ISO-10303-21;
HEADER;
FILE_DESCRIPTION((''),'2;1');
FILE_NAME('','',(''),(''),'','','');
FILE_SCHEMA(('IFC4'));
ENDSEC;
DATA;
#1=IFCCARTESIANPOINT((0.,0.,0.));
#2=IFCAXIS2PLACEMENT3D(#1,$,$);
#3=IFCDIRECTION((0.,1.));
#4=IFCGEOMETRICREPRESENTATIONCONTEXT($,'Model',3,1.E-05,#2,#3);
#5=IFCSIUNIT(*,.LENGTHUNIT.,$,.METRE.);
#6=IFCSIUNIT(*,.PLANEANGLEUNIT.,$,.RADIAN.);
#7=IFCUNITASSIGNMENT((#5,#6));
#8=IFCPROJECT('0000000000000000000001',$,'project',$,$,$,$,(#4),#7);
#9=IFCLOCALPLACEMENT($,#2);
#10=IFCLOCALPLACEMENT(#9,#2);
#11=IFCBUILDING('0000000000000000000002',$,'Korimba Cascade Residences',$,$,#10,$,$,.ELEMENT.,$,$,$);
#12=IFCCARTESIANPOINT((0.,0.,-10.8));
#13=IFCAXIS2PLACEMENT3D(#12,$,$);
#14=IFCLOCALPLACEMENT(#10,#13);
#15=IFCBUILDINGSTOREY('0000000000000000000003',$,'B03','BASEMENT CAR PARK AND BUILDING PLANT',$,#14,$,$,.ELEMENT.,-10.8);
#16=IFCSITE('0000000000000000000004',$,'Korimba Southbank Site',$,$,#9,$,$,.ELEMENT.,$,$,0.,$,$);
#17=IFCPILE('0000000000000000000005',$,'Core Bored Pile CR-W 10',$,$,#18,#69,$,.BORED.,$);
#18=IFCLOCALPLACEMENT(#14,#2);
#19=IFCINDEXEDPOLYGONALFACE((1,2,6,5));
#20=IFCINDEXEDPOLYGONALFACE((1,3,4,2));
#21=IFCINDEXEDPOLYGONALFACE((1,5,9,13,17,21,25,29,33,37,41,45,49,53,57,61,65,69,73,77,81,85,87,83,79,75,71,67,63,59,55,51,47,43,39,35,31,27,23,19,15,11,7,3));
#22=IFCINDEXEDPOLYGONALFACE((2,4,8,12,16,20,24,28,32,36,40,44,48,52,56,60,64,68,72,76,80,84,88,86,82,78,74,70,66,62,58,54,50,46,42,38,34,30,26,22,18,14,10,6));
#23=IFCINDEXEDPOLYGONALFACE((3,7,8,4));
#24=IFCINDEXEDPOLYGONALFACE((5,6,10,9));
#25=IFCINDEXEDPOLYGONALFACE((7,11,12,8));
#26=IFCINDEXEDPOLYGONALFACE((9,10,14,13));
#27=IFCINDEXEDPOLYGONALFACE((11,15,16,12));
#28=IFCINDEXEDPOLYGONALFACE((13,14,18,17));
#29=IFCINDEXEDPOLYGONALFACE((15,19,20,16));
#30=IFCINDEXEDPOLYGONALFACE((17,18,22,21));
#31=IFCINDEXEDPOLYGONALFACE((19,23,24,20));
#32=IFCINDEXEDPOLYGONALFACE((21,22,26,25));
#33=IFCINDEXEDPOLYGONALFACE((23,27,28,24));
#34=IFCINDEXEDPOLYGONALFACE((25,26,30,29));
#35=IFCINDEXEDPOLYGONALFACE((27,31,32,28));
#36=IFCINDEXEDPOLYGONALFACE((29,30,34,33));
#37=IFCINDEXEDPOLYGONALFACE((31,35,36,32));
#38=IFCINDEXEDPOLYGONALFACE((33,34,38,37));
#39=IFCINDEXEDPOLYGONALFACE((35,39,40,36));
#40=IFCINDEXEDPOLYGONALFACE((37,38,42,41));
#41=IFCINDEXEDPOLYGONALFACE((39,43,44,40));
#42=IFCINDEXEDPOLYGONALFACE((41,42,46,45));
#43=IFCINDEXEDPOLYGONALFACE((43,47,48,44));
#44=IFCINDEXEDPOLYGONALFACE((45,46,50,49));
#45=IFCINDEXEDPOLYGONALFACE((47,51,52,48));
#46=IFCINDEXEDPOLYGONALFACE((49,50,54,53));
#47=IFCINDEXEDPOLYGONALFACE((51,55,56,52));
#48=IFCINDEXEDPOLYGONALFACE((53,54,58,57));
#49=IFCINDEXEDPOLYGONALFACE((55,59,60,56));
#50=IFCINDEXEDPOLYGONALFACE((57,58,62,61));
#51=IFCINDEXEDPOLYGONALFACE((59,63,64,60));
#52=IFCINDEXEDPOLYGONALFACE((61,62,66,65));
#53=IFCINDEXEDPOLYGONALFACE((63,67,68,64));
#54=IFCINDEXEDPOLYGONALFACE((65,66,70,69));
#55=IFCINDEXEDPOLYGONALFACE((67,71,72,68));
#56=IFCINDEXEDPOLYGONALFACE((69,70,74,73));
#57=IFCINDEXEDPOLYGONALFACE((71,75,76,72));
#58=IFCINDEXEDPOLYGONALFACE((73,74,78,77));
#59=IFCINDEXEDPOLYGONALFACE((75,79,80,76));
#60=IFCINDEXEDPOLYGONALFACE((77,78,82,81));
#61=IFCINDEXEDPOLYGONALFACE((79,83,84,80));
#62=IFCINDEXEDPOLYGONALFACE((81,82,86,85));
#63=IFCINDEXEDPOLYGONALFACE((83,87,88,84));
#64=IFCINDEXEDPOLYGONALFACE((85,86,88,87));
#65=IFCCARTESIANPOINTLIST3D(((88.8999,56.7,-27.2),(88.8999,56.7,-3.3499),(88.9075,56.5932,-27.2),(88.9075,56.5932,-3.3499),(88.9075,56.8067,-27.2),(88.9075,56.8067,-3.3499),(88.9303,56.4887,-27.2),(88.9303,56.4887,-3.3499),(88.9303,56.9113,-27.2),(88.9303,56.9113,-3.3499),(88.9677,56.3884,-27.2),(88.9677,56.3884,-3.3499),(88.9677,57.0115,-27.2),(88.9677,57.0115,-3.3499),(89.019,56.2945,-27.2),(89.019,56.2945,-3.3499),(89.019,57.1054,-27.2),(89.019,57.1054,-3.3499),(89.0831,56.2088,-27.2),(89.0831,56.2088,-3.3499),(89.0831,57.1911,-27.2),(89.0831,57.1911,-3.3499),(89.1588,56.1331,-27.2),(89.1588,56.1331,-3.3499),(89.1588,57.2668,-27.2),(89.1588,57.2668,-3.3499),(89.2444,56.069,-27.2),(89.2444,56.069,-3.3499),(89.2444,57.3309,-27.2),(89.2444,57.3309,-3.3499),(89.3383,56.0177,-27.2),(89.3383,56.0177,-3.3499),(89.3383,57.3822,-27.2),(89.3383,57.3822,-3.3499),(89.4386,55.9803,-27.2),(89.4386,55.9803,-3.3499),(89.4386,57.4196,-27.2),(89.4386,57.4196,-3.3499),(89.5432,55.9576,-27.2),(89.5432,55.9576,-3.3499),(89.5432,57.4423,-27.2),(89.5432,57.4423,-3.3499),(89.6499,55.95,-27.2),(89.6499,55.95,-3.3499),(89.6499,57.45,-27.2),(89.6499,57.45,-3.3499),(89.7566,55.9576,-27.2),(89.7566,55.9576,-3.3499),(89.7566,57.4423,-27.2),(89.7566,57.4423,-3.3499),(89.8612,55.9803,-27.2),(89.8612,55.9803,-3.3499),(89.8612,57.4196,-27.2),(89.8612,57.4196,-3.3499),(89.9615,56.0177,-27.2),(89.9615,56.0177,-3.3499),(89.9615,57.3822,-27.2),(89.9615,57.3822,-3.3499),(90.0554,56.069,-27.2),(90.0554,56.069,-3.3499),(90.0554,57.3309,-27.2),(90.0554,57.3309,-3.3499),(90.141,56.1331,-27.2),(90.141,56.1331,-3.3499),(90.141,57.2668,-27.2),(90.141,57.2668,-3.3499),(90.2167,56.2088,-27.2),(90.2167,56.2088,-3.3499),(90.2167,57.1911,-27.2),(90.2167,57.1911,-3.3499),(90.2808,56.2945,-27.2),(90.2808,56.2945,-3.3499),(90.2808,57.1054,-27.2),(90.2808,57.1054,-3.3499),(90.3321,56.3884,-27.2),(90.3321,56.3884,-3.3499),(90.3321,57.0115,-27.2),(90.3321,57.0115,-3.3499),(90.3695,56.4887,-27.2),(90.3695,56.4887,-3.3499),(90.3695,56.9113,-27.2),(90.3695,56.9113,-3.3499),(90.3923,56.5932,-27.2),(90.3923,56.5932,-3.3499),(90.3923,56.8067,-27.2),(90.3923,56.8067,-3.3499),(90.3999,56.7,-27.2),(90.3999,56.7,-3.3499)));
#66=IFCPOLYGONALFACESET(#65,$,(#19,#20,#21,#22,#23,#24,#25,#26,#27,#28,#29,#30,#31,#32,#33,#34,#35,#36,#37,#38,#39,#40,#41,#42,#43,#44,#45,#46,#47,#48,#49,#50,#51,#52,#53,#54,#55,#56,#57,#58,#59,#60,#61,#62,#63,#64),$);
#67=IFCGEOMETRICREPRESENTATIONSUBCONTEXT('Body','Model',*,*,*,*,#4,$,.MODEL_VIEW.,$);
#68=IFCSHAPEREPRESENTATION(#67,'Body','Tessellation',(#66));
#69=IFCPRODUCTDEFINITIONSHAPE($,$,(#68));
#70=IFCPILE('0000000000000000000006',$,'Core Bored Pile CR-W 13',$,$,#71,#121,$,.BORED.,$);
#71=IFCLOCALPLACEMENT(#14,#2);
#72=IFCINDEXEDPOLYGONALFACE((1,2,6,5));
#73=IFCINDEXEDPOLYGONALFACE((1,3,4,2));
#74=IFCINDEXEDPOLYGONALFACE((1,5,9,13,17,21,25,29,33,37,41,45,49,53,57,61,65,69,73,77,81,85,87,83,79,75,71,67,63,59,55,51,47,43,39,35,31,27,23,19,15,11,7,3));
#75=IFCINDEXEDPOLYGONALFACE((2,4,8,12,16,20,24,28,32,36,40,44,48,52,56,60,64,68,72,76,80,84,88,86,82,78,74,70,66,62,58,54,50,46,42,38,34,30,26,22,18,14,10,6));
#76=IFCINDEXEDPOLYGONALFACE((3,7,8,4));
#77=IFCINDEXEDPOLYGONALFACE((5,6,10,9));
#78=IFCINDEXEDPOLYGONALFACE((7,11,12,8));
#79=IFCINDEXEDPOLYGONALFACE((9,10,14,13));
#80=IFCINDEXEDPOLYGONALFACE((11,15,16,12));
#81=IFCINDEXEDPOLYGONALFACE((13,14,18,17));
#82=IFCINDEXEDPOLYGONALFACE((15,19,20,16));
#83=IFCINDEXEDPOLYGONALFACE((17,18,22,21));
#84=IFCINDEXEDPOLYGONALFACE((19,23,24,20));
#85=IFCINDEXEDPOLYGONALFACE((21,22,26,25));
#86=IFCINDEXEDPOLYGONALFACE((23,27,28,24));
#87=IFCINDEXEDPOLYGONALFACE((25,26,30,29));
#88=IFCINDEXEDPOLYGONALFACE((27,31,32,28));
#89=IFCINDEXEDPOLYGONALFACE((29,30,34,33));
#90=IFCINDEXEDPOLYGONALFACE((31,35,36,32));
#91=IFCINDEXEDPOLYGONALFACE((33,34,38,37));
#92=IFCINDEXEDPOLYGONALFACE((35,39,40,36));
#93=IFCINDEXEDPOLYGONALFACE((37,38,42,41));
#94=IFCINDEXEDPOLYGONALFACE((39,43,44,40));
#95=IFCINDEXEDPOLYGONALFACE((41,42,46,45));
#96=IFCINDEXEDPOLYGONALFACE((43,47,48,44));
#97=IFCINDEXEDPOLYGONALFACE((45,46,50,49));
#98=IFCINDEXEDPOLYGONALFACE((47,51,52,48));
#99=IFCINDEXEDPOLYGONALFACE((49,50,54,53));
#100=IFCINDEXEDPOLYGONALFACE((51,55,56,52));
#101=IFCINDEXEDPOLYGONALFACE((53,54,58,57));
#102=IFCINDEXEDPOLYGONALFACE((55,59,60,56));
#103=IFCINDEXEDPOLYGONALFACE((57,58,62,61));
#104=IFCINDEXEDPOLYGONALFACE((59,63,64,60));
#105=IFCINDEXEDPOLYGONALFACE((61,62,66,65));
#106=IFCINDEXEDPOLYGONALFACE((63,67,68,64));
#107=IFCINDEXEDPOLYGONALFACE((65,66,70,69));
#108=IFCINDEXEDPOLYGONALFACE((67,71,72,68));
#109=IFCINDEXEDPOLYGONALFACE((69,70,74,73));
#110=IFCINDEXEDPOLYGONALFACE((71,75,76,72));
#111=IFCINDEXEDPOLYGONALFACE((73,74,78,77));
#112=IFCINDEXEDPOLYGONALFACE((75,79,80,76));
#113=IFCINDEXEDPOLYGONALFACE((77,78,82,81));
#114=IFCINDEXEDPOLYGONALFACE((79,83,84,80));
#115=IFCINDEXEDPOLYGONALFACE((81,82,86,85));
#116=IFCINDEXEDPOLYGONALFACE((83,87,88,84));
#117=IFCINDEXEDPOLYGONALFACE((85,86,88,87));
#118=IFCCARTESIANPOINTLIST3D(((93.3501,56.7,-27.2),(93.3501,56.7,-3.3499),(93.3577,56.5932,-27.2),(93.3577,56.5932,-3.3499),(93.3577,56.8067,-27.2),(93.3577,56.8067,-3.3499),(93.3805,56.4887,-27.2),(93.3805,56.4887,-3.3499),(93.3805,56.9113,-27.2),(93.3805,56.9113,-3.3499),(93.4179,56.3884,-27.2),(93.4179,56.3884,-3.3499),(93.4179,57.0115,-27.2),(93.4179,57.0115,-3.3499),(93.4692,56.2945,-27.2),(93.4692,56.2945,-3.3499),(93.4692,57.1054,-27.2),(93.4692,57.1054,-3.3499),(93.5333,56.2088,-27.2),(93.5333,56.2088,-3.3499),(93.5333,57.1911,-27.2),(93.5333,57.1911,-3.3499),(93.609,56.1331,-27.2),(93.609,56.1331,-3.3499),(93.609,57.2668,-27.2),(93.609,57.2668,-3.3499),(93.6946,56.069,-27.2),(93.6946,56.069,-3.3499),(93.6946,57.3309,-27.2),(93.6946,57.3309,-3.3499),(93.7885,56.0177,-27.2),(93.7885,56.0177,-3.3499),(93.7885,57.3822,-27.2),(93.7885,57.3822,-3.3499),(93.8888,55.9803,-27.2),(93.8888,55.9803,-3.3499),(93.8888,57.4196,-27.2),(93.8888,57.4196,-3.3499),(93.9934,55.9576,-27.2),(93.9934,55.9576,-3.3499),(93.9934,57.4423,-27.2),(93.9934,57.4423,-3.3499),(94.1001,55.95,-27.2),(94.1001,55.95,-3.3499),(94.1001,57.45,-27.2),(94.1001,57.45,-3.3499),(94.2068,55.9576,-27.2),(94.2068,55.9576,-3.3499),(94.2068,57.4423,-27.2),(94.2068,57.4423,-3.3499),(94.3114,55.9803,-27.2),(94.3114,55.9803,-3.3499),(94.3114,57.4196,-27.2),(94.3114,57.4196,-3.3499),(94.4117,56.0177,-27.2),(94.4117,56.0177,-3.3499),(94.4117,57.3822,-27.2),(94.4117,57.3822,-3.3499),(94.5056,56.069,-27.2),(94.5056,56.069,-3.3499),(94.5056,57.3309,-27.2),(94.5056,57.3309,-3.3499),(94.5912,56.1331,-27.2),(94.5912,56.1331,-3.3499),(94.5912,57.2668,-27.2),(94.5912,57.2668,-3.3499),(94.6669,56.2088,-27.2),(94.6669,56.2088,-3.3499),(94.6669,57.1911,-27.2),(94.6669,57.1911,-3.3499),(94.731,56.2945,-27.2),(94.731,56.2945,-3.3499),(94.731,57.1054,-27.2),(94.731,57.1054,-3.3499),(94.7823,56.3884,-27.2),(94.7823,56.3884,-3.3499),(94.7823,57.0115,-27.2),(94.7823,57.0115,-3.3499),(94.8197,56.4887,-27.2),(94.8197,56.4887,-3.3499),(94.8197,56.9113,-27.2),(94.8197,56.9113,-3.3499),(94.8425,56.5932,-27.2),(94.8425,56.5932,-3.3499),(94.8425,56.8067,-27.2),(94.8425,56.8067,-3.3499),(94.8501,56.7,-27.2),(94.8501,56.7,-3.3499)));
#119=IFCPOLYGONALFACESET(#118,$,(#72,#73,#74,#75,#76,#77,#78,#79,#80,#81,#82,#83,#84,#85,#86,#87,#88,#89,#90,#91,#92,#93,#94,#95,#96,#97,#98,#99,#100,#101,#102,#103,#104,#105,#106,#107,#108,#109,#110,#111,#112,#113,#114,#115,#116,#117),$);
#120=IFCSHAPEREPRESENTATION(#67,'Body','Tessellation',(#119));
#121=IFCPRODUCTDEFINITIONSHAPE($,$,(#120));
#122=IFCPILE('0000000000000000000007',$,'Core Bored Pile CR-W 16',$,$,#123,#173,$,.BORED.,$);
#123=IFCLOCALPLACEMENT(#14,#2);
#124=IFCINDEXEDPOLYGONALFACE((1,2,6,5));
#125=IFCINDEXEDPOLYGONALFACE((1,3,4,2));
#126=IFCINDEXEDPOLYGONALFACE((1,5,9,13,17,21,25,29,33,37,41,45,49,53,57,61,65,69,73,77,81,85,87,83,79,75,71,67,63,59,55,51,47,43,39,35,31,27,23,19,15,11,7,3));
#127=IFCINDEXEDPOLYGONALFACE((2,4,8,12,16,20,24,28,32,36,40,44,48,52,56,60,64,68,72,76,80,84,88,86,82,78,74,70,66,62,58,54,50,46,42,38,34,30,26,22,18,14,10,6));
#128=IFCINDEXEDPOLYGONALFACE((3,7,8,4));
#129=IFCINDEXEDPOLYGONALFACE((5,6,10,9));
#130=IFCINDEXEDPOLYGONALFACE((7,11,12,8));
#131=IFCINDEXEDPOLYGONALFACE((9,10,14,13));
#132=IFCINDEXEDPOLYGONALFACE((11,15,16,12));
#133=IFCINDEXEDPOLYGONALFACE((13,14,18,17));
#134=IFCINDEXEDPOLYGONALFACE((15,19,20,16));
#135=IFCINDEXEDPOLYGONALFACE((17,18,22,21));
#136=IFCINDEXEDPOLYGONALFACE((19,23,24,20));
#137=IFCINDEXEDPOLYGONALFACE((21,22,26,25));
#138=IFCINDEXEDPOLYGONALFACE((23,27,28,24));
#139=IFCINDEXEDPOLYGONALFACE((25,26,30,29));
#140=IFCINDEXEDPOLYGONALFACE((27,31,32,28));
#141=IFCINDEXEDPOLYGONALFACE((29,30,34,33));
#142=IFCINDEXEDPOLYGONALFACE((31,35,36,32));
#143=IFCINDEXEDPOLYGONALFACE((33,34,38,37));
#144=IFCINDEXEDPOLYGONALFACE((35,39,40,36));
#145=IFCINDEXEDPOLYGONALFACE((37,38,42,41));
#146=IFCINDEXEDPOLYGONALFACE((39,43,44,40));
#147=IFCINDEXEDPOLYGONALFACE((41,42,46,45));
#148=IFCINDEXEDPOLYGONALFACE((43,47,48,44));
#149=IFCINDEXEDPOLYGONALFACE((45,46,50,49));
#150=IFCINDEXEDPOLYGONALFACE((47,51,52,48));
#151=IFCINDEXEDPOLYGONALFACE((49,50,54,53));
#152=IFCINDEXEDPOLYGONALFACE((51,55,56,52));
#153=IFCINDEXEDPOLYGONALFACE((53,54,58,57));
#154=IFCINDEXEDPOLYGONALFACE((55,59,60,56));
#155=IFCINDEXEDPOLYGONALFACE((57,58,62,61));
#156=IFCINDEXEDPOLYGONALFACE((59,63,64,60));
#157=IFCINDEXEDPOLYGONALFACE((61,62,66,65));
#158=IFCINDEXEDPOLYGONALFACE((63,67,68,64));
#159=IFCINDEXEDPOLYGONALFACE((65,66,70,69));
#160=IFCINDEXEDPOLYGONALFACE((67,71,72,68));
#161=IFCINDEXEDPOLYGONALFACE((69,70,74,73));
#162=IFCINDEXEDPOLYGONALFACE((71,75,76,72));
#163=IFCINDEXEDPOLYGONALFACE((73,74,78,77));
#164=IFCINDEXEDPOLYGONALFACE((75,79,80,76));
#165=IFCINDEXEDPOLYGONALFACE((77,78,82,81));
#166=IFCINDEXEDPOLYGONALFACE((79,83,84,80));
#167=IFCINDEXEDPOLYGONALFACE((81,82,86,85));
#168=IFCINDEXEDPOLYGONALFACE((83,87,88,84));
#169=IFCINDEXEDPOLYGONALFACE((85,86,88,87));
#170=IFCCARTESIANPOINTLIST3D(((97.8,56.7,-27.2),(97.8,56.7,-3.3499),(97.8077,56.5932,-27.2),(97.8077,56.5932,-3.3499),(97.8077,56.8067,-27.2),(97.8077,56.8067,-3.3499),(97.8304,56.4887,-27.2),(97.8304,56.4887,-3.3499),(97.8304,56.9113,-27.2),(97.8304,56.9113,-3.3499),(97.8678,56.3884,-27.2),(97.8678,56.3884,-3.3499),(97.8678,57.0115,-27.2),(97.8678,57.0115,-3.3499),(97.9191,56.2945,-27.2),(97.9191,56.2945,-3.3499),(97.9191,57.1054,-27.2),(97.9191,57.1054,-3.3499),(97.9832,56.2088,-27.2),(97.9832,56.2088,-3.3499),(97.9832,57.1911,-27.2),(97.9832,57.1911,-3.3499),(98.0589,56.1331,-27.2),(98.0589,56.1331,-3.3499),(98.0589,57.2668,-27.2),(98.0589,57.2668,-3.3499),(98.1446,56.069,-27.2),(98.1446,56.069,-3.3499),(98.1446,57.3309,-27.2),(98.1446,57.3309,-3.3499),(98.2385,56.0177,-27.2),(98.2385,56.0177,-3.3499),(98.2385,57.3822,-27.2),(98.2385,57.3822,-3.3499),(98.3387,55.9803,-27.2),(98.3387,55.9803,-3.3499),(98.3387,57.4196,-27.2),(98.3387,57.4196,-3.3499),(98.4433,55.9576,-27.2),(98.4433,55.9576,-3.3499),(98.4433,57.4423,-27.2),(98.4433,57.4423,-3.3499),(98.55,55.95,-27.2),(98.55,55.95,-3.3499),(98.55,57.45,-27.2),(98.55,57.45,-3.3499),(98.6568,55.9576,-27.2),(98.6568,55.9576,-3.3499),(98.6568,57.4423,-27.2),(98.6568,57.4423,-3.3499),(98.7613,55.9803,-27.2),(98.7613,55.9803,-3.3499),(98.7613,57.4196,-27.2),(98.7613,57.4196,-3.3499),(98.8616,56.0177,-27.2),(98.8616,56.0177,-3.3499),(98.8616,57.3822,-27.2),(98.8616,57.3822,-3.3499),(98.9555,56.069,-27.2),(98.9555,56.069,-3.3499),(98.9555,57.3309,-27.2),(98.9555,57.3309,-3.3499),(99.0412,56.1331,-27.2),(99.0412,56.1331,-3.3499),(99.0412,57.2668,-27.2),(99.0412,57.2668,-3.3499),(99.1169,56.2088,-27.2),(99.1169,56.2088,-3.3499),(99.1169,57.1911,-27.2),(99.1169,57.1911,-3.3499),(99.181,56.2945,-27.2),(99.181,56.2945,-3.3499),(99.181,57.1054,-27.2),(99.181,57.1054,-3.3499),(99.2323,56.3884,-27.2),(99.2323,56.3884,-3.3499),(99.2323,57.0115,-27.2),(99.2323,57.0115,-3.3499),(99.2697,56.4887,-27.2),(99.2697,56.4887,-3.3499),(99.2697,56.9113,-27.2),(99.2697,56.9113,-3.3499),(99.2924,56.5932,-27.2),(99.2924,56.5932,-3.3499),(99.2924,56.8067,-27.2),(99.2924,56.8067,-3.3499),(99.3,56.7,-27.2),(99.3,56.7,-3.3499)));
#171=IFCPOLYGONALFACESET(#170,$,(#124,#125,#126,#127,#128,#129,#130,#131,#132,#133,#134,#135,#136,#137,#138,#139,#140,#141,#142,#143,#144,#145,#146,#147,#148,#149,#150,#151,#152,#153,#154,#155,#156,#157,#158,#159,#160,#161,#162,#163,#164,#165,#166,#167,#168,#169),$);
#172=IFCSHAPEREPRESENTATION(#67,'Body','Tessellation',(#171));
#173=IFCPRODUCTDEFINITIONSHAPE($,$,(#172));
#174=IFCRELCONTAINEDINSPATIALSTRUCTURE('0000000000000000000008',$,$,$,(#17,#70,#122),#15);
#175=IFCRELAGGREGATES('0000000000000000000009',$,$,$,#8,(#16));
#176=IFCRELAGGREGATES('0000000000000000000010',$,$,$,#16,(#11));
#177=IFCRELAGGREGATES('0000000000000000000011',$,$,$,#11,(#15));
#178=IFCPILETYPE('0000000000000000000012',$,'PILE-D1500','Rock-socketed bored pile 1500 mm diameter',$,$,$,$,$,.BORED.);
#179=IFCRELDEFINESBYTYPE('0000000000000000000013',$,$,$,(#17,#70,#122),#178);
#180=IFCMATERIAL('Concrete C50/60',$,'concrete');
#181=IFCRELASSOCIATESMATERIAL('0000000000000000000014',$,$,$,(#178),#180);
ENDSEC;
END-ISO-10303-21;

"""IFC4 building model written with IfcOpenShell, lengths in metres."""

from ifc_helpers import new_model, si_unit, direction, frame, origin, origin_2d, place, context, subcontext, project, spatial, circle, extrude, material, material_profile, profile_set, type_object, element, save


model = new_model("IFC4")

# Units and contexts
model_context = context("Model", 3, precision=1e-05, world=origin(), true_north=direction((0.0, 1.0)))
body_context = subcontext(model_context, "Body", "Model", "MODEL_VIEW")
ifc_project = project(units=[si_unit("LENGTHUNIT", "METRE"), si_unit("PLANEANGLEUNIT", "RADIAN")], contexts=[model_context])

# Site, building, storey
site_placement = place(None, origin())
site = spatial("IfcSite", under=ifc_project, at=site_placement, Name="Korimba Southbank Site", CompositionType="ELEMENT", RefElevation=0.0)
building_placement = place(site_placement, origin())
building = spatial("IfcBuilding", under=site, at=building_placement, Name="Korimba Cascade Residences", CompositionType="ELEMENT")
storey_placement = place(building_placement, frame((0.0, 0.0, -10.8)))
storey = spatial("IfcBuildingStorey", under=building, at=storey_placement, Name="B03", Description="BASEMENT CAR PARK AND BUILDING PLANT", CompositionType="ELEMENT", Elevation=-10.8)

# Piles
ifc_material_1 = material(Name="Concrete C50/60", Category="concrete")
ifc_material_profile_1 = material_profile(ifc_material_1, circle(Radius=0.75, at=origin_2d()), Name="Concrete C50/60")
ifc_profile_set_1 = profile_set([ifc_material_profile_1], Name="Concrete C50/60")
pile_type = type_object("IfcPileType", Name="PILE-D1500", Description="Rock-socketed bored pile 1500 mm diameter", PredefinedType="BORED", material=ifc_profile_set_1)
for number, where, z_axis, x_axis, name in (
    (1, (89.6499, 56.7, -3.3499), (0.0, 0.0, -1.0), (1.0, 0.0, 0.0), "Core Bored Pile CR-W 10"),
    (2, (94.1001, 56.7, -3.3499), (0.0, 0.0, -1.0), (1.0, 0.0, 0.0), "Core Bored Pile CR-W 13"),
    (3, (98.55, 56.7, -3.3499), (0.0, 0.0, -1.0), (1.0, 0.0, 0.0), "Core Bored Pile CR-W 16"),
):
    element("IfcPile", number, at=place(storey_placement, frame(where, z_axis=z_axis, x_axis=x_axis)), inside=storey, type_object=pile_type, Name=name, PredefinedType="BORED", context=body_context, shape_type="SweptSolid", body=[
        extrude(circle(Radius=0.75, at=origin_2d()), origin(), (0.0, 0.0, 1.0), 23.8501),
    ])

save(model, "model.ifc")
